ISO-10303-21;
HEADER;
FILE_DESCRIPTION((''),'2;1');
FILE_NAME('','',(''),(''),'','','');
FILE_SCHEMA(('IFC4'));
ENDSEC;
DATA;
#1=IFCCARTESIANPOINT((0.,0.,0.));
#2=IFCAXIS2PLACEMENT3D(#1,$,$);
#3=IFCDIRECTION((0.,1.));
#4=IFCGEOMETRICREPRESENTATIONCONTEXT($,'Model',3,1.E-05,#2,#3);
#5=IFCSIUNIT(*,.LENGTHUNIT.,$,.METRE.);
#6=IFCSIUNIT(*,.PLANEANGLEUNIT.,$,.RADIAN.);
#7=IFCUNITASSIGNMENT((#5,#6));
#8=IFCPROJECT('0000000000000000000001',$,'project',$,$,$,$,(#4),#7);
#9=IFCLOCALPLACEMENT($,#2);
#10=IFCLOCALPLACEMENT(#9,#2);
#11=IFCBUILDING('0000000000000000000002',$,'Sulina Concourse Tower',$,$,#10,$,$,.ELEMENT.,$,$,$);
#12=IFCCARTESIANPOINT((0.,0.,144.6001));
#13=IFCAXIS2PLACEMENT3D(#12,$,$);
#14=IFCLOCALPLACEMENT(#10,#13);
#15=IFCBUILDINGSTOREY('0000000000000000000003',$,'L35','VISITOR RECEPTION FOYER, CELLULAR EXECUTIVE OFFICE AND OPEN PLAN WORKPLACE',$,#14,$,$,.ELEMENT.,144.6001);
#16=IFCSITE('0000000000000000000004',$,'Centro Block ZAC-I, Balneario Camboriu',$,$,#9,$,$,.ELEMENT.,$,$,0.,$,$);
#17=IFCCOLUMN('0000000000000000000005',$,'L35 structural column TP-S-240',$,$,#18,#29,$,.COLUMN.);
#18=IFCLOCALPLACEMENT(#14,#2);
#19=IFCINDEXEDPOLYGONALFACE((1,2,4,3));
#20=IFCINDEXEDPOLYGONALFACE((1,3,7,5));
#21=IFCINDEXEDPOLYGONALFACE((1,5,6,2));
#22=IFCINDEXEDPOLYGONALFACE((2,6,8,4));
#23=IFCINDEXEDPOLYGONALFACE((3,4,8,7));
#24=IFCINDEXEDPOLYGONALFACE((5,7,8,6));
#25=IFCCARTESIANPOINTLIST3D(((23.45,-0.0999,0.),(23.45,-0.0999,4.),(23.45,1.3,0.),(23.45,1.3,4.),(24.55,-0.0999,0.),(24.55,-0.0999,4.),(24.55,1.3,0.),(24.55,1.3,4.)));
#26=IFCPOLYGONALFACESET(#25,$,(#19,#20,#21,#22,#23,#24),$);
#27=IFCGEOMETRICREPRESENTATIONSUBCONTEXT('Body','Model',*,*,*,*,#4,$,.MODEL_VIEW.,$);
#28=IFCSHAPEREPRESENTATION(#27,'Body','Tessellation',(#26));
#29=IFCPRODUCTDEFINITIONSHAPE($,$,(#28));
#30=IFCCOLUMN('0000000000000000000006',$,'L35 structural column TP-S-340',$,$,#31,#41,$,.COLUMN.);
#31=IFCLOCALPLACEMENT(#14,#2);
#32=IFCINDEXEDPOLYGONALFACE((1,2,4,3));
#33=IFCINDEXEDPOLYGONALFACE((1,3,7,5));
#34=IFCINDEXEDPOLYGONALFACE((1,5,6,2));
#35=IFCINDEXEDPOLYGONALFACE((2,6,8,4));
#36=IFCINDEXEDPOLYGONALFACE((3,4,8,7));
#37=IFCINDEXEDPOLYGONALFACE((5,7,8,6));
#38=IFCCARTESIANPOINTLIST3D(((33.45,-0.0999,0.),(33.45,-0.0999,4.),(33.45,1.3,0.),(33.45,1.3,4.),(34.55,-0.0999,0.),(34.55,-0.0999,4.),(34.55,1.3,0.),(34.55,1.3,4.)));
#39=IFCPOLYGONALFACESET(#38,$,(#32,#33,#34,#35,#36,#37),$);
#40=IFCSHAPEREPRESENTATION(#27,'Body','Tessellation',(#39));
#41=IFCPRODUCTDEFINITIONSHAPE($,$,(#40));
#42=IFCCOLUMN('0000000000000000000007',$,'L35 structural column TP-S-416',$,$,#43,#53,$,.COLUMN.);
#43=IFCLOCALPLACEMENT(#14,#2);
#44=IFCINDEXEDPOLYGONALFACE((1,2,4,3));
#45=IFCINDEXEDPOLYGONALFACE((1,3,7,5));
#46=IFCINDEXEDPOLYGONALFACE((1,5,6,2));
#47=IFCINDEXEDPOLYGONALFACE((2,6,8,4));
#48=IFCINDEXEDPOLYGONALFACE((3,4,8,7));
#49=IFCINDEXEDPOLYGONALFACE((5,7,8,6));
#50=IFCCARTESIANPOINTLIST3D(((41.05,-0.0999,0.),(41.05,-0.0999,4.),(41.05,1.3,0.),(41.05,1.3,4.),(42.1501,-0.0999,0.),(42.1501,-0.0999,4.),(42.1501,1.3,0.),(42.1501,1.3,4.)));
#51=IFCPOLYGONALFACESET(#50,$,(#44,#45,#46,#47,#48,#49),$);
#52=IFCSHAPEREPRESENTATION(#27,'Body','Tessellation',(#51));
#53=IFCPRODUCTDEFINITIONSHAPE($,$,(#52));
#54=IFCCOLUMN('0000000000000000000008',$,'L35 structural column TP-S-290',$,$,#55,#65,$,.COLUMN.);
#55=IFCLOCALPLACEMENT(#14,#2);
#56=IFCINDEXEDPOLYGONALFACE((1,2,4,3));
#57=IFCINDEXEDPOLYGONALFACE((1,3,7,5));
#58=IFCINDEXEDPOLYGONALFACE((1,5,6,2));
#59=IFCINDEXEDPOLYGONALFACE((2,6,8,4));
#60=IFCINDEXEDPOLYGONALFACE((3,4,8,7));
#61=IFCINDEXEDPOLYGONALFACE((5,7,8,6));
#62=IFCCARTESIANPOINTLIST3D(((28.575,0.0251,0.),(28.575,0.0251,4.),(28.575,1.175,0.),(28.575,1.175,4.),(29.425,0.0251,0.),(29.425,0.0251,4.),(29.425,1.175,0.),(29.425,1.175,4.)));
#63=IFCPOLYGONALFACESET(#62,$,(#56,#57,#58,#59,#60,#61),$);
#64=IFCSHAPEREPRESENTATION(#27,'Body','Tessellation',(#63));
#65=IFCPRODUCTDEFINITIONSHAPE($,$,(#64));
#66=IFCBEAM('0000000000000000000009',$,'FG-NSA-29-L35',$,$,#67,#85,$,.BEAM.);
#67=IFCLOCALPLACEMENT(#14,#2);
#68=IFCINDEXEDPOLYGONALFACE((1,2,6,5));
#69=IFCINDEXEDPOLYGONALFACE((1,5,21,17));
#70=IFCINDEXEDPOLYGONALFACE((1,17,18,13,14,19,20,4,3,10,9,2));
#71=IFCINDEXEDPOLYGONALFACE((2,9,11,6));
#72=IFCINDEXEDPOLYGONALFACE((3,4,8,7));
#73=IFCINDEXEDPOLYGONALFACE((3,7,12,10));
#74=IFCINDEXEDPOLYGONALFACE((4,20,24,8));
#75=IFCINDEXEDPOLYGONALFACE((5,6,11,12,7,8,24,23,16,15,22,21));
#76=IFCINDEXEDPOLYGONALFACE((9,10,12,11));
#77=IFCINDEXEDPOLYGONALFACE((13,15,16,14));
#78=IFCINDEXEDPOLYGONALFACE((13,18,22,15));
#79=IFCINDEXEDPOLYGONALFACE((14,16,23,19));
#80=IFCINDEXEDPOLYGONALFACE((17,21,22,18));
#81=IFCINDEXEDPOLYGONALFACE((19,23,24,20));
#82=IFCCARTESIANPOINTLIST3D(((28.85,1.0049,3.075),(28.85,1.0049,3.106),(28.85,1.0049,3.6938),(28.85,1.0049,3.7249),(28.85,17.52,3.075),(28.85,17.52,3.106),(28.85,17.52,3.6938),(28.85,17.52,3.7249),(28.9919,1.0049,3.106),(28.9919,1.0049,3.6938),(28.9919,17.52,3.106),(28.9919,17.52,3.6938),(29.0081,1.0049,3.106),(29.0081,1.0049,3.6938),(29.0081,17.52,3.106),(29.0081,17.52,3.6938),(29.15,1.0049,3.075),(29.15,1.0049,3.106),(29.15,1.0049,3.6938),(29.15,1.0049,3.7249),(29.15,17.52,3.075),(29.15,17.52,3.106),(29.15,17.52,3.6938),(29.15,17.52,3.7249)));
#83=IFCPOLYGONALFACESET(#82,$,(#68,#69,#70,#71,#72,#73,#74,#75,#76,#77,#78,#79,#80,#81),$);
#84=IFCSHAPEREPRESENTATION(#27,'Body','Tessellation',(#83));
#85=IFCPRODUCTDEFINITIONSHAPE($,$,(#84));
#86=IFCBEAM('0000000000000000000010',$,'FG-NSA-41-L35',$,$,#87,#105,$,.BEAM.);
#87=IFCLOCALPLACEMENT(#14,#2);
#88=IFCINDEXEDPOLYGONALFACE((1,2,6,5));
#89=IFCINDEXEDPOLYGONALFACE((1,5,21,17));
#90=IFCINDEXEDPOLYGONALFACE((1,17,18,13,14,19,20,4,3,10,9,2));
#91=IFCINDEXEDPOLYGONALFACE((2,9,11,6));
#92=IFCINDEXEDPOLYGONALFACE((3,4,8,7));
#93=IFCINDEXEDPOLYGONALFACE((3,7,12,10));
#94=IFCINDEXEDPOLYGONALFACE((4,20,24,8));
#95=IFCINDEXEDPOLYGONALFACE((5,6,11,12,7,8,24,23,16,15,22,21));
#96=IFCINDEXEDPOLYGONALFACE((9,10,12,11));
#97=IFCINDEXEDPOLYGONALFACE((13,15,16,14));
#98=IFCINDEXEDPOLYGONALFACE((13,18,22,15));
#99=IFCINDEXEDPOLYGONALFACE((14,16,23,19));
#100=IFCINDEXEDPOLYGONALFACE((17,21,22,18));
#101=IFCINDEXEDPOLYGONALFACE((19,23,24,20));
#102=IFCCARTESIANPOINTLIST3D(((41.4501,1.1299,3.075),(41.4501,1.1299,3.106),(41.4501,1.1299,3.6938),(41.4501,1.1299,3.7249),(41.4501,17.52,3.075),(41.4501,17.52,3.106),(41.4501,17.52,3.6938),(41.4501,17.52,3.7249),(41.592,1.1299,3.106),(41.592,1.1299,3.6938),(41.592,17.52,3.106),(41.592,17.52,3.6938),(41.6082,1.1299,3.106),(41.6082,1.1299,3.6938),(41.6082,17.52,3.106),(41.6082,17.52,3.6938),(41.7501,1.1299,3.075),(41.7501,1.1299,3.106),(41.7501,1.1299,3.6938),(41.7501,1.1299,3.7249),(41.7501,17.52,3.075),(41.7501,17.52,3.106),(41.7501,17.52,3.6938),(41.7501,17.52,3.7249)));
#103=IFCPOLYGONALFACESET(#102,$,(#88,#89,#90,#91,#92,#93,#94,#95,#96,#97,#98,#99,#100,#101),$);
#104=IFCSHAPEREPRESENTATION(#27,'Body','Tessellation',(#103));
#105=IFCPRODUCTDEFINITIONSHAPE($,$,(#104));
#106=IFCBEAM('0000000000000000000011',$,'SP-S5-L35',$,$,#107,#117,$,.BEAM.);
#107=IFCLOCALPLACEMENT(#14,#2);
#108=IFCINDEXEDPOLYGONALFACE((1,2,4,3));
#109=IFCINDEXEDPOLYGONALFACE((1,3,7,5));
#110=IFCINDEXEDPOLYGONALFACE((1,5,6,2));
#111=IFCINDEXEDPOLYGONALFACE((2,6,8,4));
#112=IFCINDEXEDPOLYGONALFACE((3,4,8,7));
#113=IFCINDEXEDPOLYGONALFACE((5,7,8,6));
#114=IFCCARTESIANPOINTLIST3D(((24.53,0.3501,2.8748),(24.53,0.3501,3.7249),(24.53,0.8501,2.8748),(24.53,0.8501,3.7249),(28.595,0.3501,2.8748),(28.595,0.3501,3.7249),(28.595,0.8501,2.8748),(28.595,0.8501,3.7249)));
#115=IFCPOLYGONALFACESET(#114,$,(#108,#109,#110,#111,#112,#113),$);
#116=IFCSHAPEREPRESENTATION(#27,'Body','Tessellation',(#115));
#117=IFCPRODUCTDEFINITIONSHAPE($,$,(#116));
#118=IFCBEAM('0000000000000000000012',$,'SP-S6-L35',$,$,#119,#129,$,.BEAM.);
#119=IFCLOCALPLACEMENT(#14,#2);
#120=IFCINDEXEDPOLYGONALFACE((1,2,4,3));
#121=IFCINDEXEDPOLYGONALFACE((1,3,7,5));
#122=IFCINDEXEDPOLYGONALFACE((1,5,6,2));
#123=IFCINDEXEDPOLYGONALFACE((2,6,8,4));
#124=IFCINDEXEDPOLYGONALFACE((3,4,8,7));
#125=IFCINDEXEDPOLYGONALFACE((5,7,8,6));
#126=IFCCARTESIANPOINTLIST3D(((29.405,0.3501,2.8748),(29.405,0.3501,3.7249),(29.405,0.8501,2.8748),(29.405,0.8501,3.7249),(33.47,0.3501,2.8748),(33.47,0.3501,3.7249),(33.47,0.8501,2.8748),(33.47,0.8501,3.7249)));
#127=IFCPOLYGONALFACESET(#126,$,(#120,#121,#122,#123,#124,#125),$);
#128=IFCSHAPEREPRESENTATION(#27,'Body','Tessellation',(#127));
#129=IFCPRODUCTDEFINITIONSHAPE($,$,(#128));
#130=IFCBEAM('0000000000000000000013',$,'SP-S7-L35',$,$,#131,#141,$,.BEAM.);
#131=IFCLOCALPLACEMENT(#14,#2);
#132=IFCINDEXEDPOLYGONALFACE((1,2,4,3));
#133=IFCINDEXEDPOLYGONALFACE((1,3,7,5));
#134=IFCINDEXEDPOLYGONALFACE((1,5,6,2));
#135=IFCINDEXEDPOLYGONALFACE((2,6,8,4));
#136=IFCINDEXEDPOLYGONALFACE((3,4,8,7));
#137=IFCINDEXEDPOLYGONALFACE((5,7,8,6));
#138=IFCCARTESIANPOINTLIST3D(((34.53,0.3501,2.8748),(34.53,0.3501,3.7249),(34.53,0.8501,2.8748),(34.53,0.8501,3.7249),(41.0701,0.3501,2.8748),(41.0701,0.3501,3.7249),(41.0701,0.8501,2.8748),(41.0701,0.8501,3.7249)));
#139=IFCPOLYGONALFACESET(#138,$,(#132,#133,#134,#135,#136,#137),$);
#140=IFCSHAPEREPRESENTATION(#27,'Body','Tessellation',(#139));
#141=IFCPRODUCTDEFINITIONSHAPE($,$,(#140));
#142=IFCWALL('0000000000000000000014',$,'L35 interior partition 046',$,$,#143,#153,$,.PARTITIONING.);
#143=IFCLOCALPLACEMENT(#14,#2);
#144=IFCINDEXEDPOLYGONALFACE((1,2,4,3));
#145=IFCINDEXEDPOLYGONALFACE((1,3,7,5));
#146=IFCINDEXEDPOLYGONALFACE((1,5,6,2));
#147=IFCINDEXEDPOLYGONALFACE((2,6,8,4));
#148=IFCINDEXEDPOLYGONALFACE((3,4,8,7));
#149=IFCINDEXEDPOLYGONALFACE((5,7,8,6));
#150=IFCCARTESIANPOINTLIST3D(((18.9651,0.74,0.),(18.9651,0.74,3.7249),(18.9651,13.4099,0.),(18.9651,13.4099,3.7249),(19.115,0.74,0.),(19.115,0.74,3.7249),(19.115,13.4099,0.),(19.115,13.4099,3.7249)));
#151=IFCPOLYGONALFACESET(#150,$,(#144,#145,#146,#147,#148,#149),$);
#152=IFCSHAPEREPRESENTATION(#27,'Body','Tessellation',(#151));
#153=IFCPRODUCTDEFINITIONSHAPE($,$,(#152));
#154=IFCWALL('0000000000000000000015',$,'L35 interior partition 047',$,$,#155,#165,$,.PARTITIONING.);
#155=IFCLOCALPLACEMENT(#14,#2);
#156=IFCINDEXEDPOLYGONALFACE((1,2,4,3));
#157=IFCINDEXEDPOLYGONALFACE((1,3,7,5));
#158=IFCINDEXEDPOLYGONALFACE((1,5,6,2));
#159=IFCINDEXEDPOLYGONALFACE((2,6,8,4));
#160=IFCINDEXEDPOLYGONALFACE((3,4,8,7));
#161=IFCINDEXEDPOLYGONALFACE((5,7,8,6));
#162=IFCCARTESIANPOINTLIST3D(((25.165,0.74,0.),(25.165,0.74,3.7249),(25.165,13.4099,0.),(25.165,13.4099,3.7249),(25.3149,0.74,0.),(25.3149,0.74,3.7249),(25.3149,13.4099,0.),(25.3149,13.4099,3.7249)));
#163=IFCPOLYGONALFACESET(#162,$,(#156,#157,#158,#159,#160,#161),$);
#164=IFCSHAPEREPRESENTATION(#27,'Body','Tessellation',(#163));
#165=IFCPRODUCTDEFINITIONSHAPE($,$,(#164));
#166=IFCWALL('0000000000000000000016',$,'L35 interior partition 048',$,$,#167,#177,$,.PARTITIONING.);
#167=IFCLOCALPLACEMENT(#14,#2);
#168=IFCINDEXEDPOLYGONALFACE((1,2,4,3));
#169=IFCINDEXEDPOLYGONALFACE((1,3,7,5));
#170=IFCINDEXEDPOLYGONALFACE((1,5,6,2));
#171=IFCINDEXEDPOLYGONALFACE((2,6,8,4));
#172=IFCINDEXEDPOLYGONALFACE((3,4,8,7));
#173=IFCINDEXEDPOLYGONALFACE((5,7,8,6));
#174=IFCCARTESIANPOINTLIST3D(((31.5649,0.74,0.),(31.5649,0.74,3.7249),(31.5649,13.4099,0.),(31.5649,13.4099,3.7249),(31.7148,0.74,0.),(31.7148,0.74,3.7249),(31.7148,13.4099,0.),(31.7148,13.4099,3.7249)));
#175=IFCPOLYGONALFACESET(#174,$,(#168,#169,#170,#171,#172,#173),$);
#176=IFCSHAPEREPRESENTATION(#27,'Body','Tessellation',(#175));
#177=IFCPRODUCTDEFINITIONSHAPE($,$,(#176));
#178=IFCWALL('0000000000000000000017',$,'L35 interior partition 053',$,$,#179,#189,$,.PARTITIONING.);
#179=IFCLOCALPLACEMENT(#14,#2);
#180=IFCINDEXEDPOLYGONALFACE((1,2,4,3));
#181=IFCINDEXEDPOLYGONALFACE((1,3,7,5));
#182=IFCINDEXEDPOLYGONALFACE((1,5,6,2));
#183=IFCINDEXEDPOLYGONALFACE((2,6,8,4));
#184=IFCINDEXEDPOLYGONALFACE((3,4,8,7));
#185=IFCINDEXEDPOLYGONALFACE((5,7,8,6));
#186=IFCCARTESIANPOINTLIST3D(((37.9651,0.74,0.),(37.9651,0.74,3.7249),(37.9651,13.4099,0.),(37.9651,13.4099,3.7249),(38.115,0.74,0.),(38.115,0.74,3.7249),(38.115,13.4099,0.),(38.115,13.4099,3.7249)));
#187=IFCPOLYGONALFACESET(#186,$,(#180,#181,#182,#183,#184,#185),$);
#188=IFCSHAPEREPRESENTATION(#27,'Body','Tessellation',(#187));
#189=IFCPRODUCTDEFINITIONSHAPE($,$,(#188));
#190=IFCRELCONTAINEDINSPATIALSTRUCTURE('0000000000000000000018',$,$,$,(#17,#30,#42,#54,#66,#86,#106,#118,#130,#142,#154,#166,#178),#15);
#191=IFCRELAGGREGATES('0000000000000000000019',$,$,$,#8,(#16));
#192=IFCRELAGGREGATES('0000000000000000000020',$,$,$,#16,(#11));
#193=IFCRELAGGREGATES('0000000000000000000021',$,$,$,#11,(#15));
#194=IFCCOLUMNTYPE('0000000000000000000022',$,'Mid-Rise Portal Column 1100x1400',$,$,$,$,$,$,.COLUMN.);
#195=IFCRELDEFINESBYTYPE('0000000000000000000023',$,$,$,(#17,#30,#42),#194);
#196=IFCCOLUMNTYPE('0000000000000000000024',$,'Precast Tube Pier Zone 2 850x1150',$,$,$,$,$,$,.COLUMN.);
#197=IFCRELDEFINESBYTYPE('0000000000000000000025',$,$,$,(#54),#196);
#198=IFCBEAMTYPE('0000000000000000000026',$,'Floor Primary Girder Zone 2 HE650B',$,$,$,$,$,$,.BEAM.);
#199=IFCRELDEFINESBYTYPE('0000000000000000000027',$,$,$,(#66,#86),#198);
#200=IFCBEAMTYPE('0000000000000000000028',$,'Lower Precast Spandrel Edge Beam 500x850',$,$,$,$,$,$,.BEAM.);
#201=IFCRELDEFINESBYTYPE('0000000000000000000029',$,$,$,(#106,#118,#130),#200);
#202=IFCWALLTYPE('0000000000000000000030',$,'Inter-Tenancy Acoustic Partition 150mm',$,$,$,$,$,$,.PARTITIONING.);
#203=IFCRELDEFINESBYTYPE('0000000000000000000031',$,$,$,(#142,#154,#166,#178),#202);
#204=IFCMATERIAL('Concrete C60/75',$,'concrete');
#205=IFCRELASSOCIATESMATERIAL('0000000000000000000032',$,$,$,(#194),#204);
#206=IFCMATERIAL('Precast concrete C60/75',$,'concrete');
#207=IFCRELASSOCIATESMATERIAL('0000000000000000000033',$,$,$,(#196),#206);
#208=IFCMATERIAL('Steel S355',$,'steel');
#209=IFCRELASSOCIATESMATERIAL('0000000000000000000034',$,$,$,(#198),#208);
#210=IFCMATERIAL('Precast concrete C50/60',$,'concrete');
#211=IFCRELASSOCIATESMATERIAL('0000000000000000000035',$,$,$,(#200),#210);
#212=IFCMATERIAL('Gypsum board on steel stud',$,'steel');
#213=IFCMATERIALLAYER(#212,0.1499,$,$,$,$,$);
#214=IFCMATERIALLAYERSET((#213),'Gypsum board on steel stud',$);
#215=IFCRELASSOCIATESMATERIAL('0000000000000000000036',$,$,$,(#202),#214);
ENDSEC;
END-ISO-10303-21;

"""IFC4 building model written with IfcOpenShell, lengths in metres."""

from ifc_helpers import new_model, si_unit, direction, frame, frame_2d, origin, origin_2d, place, context, subcontext, project, spatial, rectangle, i_section, extrude, material, layer, layer_set, material_profile, profile_set, type_object, element, save


model = new_model("IFC4")

# Units and contexts
model_context = context("Model", 3, precision=1e-05, world=origin(), true_north=direction((0.0, 1.0)))
body_context = subcontext(model_context, "Body", "Model", "MODEL_VIEW")
ifc_project = project(units=[si_unit("LENGTHUNIT", "METRE"), si_unit("PLANEANGLEUNIT", "RADIAN")], contexts=[model_context])

# Site, building, storey
site_placement = place(None, origin())
site = spatial("IfcSite", under=ifc_project, at=site_placement, Name="Centro Block ZAC-I, Balneario Camboriu", CompositionType="ELEMENT", RefElevation=0.0)
building_placement = place(site_placement, origin())
building = spatial("IfcBuilding", under=site, at=building_placement, Name="Sulina Concourse Tower", CompositionType="ELEMENT")
storey_placement = place(building_placement, frame((0.0, 0.0, 144.6001)))
storey = spatial("IfcBuildingStorey", under=building, at=storey_placement, Name="L35", Description="VISITOR RECEPTION FOYER, CELLULAR EXECUTIVE OFFICE AND OPEN PLAN WORKPLACE", CompositionType="ELEMENT", Elevation=144.6001)

# Columns
ifc_material_1 = material(Name="Concrete C60/75", Category="concrete")
ifc_material_profile_1 = material_profile(ifc_material_1, rectangle(XDim=1.1001, YDim=1.3999, at=origin_2d()), Name="RC 1100x1400")
ifc_profile_set_1 = profile_set([ifc_material_profile_1], Name="Concrete C60/75")
column_type_1 = type_object("IfcColumnType", Name="Mid-Rise Portal Column 1100x1400", PredefinedType="COLUMN", material=ifc_profile_set_1)
for number, where, z_axis, x_axis, name in (
    (1, (24.0, 0.6001, 0.0), (0.0, 0.0, 1.0), (1.0, 0.0, 0.0), "L35 structural column TP-S-240"),
    (2, (34.0, 0.6001, 0.0), (0.0, 0.0, 1.0), (1.0, 0.0, 0.0), "L35 structural column TP-S-340"),
    (3, (41.6001, 0.6001, 0.0), (0.0, 0.0, 1.0), (1.0, 0.0, 0.0), "L35 structural column TP-S-416"),
):
    element("IfcColumn", number, at=place(storey_placement, frame(where, z_axis=z_axis, x_axis=x_axis)), inside=storey, type_object=column_type_1, Name=name, PredefinedType="COLUMN", context=body_context, shape_type="SweptSolid", body=[
        extrude(rectangle(XDim=1.1001, YDim=1.3999, at=origin_2d()), origin(), (0.0, 0.0, 1.0), 4.0),
    ])
ifc_material_2 = material(Name="Precast concrete C60/75", Category="concrete")
ifc_material_profile_2 = material_profile(ifc_material_2, rectangle(XDim=0.8501, YDim=1.1499, at=origin_2d()), Name="PC 850x1150")
ifc_profile_set_2 = profile_set([ifc_material_profile_2], Name="Precast concrete C60/75")
column_type_2 = type_object("IfcColumnType", Name="Precast Tube Pier Zone 2 850x1150", PredefinedType="COLUMN", material=ifc_profile_set_2)
column_placement = place(storey_placement, frame((29.0, 0.6001, 0.0), z_axis=(0.0, 0.0, 1.0), x_axis=(1.0, 0.0, 0.0)))
element("IfcColumn", 4, at=column_placement, inside=storey, type_object=column_type_2, Name="L35 structural column TP-S-290", PredefinedType="COLUMN", context=body_context, shape_type="SweptSolid", body=[
    extrude(rectangle(XDim=0.8501, YDim=1.1499, at=origin_2d()), origin(), (0.0, 0.0, 1.0), 4.0),
])

# Beams
ifc_material_3 = material(Name="Steel S355", Category="steel")
ifc_material_profile_3 = material_profile(ifc_material_3, i_section(OverallWidth=0.3, OverallDepth=0.6499, WebThickness=0.0161, FlangeThickness=0.031, at=origin_2d()), Name="HE 650 B")
ifc_profile_set_3 = profile_set([ifc_material_profile_3], Name="Steel S355")
beam_type_1 = type_object("IfcBeamType", Name="Floor Primary Girder Zone 2 HE650B", PredefinedType="BEAM", material=ifc_profile_set_3)
beam_1_placement = place(storey_placement, frame((29.0, 1.0049, 3.3999), z_axis=(0.0, 1.0, 0.0), x_axis=(-1.0, 0.0, 0.0)))
element("IfcBeam", 5, at=beam_1_placement, inside=storey, type_object=beam_type_1, Name="FG-NSA-29-L35", PredefinedType="BEAM", context=body_context, shape_type="SweptSolid", body=[
    extrude(i_section(OverallWidth=0.3, OverallDepth=0.6499, WebThickness=0.0161, FlangeThickness=0.031, at=origin_2d()), origin(), (0.0, 0.0, 1.0), 16.5151),
])
beam_2_placement = place(storey_placement, frame((41.6001, 1.1299, 3.3999), z_axis=(0.0, 1.0, 0.0), x_axis=(-1.0, 0.0, 0.0)))
element("IfcBeam", 6, at=beam_2_placement, inside=storey, type_object=beam_type_1, Name="FG-NSA-41-L35", PredefinedType="BEAM", context=body_context, shape_type="SweptSolid", body=[
    extrude(i_section(OverallWidth=0.3, OverallDepth=0.6499, WebThickness=0.0161, FlangeThickness=0.031, at=origin_2d()), origin(), (0.0, 0.0, 1.0), 16.3901),
])
ifc_material_4 = material(Name="Precast concrete C50/60", Category="concrete")
ifc_material_profile_4 = material_profile(ifc_material_4, rectangle(XDim=0.5, YDim=0.8501, at=origin_2d()), Name="RC 500x850")
ifc_profile_set_4 = profile_set([ifc_material_profile_4], Name="Precast concrete C50/60")
beam_type_2 = type_object("IfcBeamType", Name="Lower Precast Spandrel Edge Beam 500x850", PredefinedType="BEAM", material=ifc_profile_set_4)
for number, where, z_axis, x_axis, name in (
    (7, (24.53, 0.6001, 3.2998), (1.0, 0.0, 0.0), (0.0, 1.0, 0.0), "SP-S5-L35"),
    (8, (29.405, 0.6001, 3.2998), (1.0, 0.0, 0.0), (0.0, 1.0, 0.0), "SP-S6-L35"),
):
    element("IfcBeam", number, at=place(storey_placement, frame(where, z_axis=z_axis, x_axis=x_axis)), inside=storey, type_object=beam_type_2, Name=name, PredefinedType="BEAM", context=body_context, shape_type="SweptSolid", body=[
        extrude(rectangle(XDim=0.5, YDim=0.8501, at=origin_2d()), origin(), (0.0, 0.0, 1.0), 4.0649),
    ])
beam_3_placement = place(storey_placement, frame((34.53, 0.6001, 3.2998), z_axis=(1.0, 0.0, 0.0), x_axis=(0.0, 1.0, 0.0)))
element("IfcBeam", 9, at=beam_3_placement, inside=storey, type_object=beam_type_2, Name="SP-S7-L35", PredefinedType="BEAM", context=body_context, shape_type="SweptSolid", body=[
    extrude(rectangle(XDim=0.5, YDim=0.8501, at=origin_2d()), origin(), (0.0, 0.0, 1.0), 6.54),
])

# Walls
ifc_material_5 = material(Name="Gypsum board on steel stud", Category="steel")
ifc_layer_1 = layer(ifc_material_5, 0.1499)
ifc_layer_set_1 = layer_set([ifc_layer_1], Name="Gypsum board on steel stud")
wall_type_1 = type_object("IfcWallType", Name="Inter-Tenancy Acoustic Partition 150mm", PredefinedType="PARTITIONING", material=ifc_layer_set_1)
for number, where, z_axis, x_axis, name in (
    (10, (19.04, 0.74, 0.0), (0.0, 0.0, 1.0), (0.0, 1.0, 0.0), "L35 interior partition 046"),
    (11, (25.24, 0.74, 0.0), (0.0, 0.0, 1.0), (0.0, 1.0, 0.0), "L35 interior partition 047"),
    (12, (31.6399, 0.74, 0.0), (0.0, 0.0, 1.0), (0.0, 1.0, 0.0), "L35 interior partition 048"),
    (13, (38.04, 0.74, 0.0), (0.0, 0.0, 1.0), (0.0, 1.0, 0.0), "L35 interior partition 053"),
):
    element("IfcWall", number, at=place(storey_placement, frame(where, z_axis=z_axis, x_axis=x_axis)), inside=storey, type_object=wall_type_1, Name=name, PredefinedType="PARTITIONING", context=body_context, shape_type="SweptSolid", body=[
        extrude(rectangle(XDim=12.6699, YDim=0.1499, at=frame_2d((6.335, 0.0))), origin(), (0.0, 0.0, 1.0), 3.7249),
    ])

save(model, "model.ifc")
